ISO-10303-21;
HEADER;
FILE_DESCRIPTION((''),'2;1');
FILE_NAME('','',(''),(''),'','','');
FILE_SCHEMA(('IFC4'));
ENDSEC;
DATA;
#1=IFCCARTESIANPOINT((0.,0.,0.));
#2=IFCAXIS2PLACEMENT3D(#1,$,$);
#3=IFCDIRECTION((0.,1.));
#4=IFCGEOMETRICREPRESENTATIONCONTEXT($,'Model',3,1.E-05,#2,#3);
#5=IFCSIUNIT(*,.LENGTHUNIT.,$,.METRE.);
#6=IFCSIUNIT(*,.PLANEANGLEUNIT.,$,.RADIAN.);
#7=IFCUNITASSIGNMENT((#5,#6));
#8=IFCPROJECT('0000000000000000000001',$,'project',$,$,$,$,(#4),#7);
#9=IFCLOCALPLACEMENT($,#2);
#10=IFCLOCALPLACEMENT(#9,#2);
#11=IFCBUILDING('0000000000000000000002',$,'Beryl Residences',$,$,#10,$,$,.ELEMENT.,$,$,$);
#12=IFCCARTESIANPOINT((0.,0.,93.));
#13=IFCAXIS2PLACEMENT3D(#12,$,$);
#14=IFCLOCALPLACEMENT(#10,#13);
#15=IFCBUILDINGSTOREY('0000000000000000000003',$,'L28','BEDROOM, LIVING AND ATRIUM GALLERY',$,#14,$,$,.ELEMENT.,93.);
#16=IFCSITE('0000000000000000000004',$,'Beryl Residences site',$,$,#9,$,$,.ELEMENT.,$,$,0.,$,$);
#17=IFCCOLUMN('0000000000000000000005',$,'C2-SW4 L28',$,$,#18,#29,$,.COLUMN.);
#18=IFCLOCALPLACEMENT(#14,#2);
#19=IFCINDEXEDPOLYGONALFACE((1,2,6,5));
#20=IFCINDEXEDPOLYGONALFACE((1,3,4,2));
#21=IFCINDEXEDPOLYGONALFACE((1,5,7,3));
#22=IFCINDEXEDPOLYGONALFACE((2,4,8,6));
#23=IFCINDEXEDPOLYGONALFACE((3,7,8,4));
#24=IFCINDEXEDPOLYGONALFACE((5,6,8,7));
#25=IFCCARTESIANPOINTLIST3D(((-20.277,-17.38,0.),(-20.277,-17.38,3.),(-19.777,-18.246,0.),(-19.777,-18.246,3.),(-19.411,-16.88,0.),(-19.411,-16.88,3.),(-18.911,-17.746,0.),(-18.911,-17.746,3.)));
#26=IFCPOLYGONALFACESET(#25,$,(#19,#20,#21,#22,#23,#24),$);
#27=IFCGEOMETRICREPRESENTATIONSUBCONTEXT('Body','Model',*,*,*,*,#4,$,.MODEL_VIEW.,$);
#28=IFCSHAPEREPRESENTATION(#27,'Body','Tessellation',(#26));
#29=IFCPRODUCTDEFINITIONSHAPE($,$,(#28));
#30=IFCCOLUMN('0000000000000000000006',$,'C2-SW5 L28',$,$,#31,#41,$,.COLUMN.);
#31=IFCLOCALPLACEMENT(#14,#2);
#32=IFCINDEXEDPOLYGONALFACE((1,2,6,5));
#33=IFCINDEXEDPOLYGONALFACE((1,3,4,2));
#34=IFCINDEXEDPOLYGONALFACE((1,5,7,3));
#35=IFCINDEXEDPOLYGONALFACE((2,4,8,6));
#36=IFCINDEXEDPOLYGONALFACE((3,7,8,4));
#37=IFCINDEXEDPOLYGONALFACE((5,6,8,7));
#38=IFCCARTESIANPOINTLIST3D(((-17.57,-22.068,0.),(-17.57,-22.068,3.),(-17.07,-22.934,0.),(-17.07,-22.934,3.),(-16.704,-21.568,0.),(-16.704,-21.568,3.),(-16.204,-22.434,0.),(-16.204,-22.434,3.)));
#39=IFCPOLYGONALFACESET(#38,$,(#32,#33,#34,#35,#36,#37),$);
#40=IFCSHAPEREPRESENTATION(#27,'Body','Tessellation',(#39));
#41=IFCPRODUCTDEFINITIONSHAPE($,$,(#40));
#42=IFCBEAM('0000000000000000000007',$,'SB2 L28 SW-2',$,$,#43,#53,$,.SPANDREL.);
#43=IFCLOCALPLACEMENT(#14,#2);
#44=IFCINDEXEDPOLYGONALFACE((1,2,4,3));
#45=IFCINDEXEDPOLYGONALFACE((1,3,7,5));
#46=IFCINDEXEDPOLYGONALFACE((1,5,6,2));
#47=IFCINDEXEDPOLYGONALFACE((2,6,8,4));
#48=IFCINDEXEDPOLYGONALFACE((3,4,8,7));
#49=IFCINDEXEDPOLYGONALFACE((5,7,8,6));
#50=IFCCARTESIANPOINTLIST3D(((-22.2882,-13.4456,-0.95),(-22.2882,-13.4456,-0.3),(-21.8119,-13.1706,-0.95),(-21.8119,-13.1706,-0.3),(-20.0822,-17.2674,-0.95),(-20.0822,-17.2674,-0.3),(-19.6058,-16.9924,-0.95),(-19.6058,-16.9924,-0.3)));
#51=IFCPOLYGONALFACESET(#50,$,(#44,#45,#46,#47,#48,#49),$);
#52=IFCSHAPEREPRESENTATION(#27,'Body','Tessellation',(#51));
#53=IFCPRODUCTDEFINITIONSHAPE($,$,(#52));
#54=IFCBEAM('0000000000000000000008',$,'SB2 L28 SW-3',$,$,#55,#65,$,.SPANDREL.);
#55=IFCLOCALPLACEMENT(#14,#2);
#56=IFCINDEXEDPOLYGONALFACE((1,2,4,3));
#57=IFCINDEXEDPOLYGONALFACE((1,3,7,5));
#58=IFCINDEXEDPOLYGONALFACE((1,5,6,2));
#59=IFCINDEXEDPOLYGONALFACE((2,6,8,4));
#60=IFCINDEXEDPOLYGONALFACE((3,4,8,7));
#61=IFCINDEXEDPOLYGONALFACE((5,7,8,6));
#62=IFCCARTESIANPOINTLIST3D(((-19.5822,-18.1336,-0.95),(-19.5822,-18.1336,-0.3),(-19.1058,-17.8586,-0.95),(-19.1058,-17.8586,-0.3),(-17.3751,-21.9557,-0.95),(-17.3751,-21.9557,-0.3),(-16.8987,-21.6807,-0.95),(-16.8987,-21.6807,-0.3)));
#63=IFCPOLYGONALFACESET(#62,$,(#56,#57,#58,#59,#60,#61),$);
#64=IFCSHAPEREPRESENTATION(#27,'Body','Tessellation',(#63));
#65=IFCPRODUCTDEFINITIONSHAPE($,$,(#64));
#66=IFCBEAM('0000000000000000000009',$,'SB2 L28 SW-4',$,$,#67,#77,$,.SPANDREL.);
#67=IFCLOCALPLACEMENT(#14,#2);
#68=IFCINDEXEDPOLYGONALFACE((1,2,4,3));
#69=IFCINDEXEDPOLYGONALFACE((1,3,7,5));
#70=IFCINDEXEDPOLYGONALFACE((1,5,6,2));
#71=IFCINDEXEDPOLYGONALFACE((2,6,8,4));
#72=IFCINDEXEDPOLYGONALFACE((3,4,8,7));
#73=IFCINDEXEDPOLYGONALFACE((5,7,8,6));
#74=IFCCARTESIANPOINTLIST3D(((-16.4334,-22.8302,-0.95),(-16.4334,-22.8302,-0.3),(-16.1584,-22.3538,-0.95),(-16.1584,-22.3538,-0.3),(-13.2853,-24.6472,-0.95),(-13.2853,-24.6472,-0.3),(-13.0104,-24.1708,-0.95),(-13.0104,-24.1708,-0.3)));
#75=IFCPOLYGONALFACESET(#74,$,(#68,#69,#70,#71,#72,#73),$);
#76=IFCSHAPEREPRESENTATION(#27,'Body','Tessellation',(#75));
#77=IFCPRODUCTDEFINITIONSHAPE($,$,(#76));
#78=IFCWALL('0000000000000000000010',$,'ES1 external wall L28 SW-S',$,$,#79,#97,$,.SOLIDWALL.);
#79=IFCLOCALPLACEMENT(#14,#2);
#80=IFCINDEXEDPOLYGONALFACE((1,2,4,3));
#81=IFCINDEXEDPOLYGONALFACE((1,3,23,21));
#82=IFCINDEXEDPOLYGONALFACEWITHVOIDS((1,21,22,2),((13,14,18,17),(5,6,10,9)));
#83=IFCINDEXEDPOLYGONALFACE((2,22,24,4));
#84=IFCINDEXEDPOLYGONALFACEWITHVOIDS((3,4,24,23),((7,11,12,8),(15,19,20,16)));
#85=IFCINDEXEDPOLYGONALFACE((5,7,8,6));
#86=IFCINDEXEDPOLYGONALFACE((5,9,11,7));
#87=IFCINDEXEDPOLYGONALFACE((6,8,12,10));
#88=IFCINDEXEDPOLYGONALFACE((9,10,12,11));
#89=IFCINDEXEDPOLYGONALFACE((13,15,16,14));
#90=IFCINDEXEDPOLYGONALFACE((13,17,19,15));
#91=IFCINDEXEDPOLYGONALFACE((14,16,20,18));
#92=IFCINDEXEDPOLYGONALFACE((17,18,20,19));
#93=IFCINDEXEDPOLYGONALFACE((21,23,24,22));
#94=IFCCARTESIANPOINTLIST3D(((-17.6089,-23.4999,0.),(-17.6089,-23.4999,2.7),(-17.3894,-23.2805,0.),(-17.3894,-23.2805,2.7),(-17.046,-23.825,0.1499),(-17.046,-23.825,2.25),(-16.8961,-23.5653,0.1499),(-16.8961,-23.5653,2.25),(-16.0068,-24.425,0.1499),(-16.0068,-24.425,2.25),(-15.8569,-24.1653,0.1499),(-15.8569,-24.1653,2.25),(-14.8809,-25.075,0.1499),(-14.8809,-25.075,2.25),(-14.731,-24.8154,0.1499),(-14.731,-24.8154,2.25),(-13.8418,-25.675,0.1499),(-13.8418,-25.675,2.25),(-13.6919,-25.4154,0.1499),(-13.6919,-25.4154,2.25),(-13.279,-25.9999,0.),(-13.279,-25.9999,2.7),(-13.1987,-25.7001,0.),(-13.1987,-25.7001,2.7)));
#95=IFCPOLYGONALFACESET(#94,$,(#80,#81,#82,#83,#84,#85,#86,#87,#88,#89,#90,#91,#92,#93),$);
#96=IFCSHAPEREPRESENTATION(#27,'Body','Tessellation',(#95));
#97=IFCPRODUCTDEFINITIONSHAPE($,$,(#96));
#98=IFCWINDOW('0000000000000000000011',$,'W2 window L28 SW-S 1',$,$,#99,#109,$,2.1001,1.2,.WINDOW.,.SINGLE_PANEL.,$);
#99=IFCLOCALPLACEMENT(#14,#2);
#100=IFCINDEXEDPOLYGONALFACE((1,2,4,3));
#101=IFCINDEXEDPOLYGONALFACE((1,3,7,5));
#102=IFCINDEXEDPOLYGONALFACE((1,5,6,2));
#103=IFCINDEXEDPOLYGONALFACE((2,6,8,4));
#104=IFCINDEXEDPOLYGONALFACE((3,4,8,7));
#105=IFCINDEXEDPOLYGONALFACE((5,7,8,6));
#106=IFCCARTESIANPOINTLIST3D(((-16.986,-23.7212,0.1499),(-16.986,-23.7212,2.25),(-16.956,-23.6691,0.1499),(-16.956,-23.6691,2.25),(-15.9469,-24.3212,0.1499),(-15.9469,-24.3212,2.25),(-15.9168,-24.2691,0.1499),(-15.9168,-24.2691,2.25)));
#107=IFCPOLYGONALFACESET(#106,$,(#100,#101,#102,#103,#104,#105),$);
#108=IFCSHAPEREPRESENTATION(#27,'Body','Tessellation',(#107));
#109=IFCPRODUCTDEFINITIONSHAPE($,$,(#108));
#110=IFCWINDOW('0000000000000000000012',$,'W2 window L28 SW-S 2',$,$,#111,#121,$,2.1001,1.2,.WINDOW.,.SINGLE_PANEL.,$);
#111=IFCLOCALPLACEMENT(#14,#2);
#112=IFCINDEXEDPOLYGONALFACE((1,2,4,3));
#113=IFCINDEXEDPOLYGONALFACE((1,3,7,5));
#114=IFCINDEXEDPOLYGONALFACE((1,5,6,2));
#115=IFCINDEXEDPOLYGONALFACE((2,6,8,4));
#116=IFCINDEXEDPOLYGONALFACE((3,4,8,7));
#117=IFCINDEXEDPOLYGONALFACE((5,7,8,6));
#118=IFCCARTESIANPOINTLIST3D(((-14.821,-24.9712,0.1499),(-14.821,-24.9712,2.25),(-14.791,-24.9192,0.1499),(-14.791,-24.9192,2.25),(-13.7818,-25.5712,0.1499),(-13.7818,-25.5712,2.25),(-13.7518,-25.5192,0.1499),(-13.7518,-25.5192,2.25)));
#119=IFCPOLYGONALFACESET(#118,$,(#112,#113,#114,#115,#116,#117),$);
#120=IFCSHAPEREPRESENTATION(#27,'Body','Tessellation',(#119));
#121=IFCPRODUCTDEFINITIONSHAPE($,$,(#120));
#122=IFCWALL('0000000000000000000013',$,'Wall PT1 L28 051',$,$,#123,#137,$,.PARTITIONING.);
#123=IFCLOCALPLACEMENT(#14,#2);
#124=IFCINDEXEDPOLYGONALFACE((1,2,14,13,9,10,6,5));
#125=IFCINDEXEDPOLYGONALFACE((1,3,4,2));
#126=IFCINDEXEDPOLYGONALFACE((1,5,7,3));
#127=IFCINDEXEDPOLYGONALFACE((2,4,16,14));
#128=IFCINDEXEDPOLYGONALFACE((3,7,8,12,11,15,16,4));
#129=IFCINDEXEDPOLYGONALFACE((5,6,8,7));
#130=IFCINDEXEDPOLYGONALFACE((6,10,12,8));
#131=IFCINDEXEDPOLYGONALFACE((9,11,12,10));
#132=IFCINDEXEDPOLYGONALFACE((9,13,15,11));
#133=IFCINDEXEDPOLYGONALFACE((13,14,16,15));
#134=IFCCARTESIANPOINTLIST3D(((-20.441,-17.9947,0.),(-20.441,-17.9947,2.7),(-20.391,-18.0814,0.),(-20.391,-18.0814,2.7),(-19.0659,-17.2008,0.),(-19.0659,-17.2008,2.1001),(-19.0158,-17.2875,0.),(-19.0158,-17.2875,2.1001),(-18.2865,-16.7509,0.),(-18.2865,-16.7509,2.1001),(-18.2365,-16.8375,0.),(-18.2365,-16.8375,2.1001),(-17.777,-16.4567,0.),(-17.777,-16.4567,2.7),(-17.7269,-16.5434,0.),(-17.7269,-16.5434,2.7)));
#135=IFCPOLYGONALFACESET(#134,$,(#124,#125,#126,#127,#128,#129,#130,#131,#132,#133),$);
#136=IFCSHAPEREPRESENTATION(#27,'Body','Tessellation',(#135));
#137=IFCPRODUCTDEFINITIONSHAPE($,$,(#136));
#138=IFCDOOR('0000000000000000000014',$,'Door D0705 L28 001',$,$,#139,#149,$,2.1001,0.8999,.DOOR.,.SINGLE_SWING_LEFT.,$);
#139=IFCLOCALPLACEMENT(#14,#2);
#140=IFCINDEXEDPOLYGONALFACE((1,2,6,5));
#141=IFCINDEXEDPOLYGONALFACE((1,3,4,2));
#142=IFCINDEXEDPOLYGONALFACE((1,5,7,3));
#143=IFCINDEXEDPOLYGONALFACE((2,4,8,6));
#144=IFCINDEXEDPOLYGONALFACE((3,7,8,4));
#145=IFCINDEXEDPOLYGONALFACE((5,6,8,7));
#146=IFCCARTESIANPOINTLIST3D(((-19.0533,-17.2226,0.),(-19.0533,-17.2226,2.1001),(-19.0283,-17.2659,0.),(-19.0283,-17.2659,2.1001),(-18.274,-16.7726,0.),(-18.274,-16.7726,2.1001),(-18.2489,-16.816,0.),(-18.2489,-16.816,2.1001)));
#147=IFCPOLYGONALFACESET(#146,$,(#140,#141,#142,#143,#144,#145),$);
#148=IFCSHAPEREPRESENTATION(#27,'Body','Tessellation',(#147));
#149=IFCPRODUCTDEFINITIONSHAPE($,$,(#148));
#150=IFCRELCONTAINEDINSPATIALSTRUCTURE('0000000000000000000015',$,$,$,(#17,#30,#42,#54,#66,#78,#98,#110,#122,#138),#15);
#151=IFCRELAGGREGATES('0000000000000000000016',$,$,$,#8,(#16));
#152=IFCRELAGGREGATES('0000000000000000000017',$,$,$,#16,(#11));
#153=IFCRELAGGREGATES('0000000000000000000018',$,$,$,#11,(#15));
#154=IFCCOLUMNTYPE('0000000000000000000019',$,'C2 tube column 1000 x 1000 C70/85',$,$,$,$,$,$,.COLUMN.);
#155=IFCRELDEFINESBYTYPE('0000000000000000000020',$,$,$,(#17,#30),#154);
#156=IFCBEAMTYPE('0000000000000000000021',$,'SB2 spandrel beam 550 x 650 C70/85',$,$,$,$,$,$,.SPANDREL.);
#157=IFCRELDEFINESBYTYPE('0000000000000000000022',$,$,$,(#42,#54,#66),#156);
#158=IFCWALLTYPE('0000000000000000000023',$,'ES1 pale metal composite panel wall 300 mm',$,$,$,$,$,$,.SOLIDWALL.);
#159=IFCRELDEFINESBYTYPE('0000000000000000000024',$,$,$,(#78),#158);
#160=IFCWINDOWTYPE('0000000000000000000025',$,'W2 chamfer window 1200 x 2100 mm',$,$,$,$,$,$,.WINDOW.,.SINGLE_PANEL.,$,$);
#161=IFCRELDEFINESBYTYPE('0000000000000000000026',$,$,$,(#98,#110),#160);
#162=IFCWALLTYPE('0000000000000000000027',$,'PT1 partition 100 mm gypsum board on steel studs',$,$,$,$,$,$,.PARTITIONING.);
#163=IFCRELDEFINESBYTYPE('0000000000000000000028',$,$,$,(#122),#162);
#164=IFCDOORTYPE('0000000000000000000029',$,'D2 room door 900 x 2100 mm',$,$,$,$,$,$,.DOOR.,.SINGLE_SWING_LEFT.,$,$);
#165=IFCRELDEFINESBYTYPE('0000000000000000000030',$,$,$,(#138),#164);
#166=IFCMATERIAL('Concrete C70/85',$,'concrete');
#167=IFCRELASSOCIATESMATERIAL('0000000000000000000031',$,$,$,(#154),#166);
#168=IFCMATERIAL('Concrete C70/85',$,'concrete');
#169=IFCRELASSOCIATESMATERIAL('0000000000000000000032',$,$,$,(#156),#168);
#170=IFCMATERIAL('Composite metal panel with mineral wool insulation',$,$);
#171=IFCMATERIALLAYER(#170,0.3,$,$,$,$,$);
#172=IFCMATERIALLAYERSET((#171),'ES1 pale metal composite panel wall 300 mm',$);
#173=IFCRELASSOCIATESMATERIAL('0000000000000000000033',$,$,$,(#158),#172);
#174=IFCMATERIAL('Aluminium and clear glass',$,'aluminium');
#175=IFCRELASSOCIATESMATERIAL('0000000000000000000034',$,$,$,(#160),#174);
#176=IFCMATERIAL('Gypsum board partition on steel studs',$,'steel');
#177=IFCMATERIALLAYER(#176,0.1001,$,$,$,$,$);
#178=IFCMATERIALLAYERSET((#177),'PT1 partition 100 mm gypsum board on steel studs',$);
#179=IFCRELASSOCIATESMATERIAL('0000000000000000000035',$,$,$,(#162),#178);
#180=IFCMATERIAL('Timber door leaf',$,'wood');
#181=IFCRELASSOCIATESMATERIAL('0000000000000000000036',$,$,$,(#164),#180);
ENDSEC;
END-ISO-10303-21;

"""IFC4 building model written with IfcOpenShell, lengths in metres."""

from ifc_helpers import new_model, si_unit, direction, frame, frame_2d, origin, origin_2d, place, context, subcontext, project, spatial, polyline, rectangle, outline, extrude, material, layer, layer_set, material_profile, profile_set, type_object, element, fill, save


model = new_model("IFC4")

# Units and contexts
model_context = context("Model", 3, precision=1e-05, world=origin(), true_north=direction((0.0, 1.0)))
body_context = subcontext(model_context, "Body", "Model", "MODEL_VIEW")
ifc_project = project(units=[si_unit("LENGTHUNIT", "METRE"), si_unit("PLANEANGLEUNIT", "RADIAN")], contexts=[model_context])

# Site, building, storey
site_placement = place(None, origin())
site = spatial("IfcSite", under=ifc_project, at=site_placement, Name="Beryl Residences site", CompositionType="ELEMENT", RefElevation=0.0)
building_placement = place(site_placement, origin())
building = spatial("IfcBuilding", under=site, at=building_placement, Name="Beryl Residences", CompositionType="ELEMENT")
storey_placement = place(building_placement, frame((0.0, 0.0, 93.0)))
storey = spatial("IfcBuildingStorey", under=building, at=storey_placement, Name="L28", Description="BEDROOM, LIVING AND ATRIUM GALLERY", CompositionType="ELEMENT", Elevation=93.0)

# Columns
ifc_material_1 = material(Name="Concrete C70/85", Category="concrete")
ifc_material_profile_1 = material_profile(ifc_material_1, rectangle(XDim=1.0, YDim=1.0, at=origin_2d()))
ifc_profile_set_1 = profile_set([ifc_material_profile_1], Name="Concrete C70/85")
column_type = type_object("IfcColumnType", Name="C2 tube column 1000 x 1000 C70/85", PredefinedType="COLUMN", material=ifc_profile_set_1)
for number, where, z_axis, x_axis, name in (
    (1, (-19.594, -17.563, 0.0), (0.0, 0.0, 1.0), (0.5, -0.866025, 0.0), "C2-SW4 L28"),
    (2, (-16.887, -22.251, 0.0), (0.0, 0.0, 1.0), (0.5, -0.866025, 0.0), "C2-SW5 L28"),
):
    element("IfcColumn", number, at=place(storey_placement, frame(where, z_axis=z_axis, x_axis=x_axis)), inside=storey, type_object=column_type, Name=name, PredefinedType="COLUMN", context=body_context, shape_type="SweptSolid", body=[
        extrude(rectangle(XDim=1.0, YDim=1.0, at=origin_2d()), origin(), (0.0, 0.0, 1.0), 3.0),
    ])

# Beams
ifc_material_2 = material(Name="Concrete C70/85", Category="concrete")
ifc_material_profile_2 = material_profile(ifc_material_2, rectangle(XDim=0.55, YDim=0.6499, at=origin_2d()))
ifc_profile_set_2 = profile_set([ifc_material_profile_2], Name="Concrete C70/85")
beam_type = type_object("IfcBeamType", Name="SB2 spandrel beam 550 x 650 C70/85", PredefinedType="SPANDREL", material=ifc_profile_set_2)
beam_1_placement = place(storey_placement, frame((-22.05, -13.3081, -0.625), z_axis=(0.499924, -0.86607, 0.0), x_axis=(0.86607, 0.499924, 0.0)))
element("IfcBeam", 3, at=beam_1_placement, inside=storey, type_object=beam_type, Name="SB2 L28 SW-2", PredefinedType="SPANDREL", context=body_context, shape_type="SweptSolid", body=[
    extrude(rectangle(XDim=0.55, YDim=0.6499, at=origin_2d()), origin(), (0.0, 0.0, 1.0), 4.4128),
])
beam_2_placement = place(storey_placement, frame((-19.344, -17.9961, -0.625), z_axis=(0.500066, -0.865988, 0.0), x_axis=(0.865988, 0.500066, 0.0)))
element("IfcBeam", 4, at=beam_2_placement, inside=storey, type_object=beam_type, Name="SB2 L28 SW-3", PredefinedType="SPANDREL", context=body_context, shape_type="SweptSolid", body=[
    extrude(rectangle(XDim=0.55, YDim=0.6499, at=origin_2d()), origin(), (0.0, 0.0, 1.0), 4.4136),
])
beam_3_placement = place(storey_placement, frame((-16.2959, -22.592, -0.625), z_axis=(0.866094, -0.499881, 0.0), x_axis=(0.499881, 0.866094, 0.0)))
element("IfcBeam", 5, at=beam_3_placement, inside=storey, type_object=beam_type, Name="SB2 L28 SW-4", PredefinedType="SPANDREL", context=body_context, shape_type="SweptSolid", body=[
    extrude(rectangle(XDim=0.55, YDim=0.6499, at=origin_2d()), origin(), (0.0, 0.0, 1.0), 3.6348),
])

# Wall, openings, windows
ifc_material_3 = material(Name="Composite metal panel with mineral wool insulation")
ifc_layer_1 = layer(ifc_material_3, 0.3)
ifc_layer_set_1 = layer_set([ifc_layer_1], Name="ES1 pale metal composite panel wall 300 mm")
wall_type_1 = type_object("IfcWallType", Name="ES1 pale metal composite panel wall 300 mm", PredefinedType="SOLIDWALL", material=ifc_layer_set_1)
wall_1_placement = place(storey_placement, frame((-17.5339, -23.3701, 0.0), z_axis=(0.0, 0.0, 1.0), x_axis=(0.866011, -0.500025, 0.0)))
wall_1 = element("IfcWall", 6, at=wall_1_placement, inside=storey, type_object=wall_type_1, Name="ES1 external wall L28 SW-S", PredefinedType="SOLIDWALL", context=body_context, shape_type="SweptSolid", body=[
    extrude(outline(polyline([(0.0, -0.1499), (4.9998, -0.1499), (4.9194, 0.1499), (0.0803, 0.1499), (0.0, -0.1499)])), origin(), (0.0, 0.0, 1.0), 2.7),
])
opening_1_placement = place(wall_1_placement, frame((0.6499, 0.0, 0.1499)))
opening_1 = element("IfcOpeningElement", 7, at=opening_1_placement, cuts=wall_1, PredefinedType="OPENING", context=body_context, shape_type="SweptSolid", body=[
    extrude(rectangle(XDim=1.2, YDim=2.1001, at=frame_2d((0.6001, 1.05))), frame((0.0, 0.1599, 0.0), z_axis=(0.0, -1.0, 0.0), x_axis=(1.0, 0.0, 0.0)), (0.0, 0.0, 1.0), 0.3201),
])
opening_2_placement = place(wall_1_placement, frame((3.1499, 0.0, 0.1499)))
opening_2 = element("IfcOpeningElement", 8, at=opening_2_placement, cuts=wall_1, PredefinedType="OPENING", context=body_context, shape_type="SweptSolid", body=[
    extrude(rectangle(XDim=1.2, YDim=2.1001, at=frame_2d((0.6001, 1.05))), frame((0.0, 0.1599, 0.0), z_axis=(0.0, -1.0, 0.0), x_axis=(1.0, 0.0, 0.0)), (0.0, 0.0, 1.0), 0.3201),
])
ifc_material_4 = material(Name="Aluminium and clear glass", Category="aluminium")
window_type = type_object("IfcWindowType", Name="W2 chamfer window 1200 x 2100 mm", PartitioningType="SINGLE_PANEL", PredefinedType="WINDOW", material=ifc_material_4)
window_1_placement = place(opening_1_placement, origin())
window_1 = element("IfcWindow", 9, at=window_1_placement, inside=storey, type_object=window_type, Name="W2 window L28 SW-S 1", OverallHeight=2.1001, OverallWidth=1.2, PartitioningType="SINGLE_PANEL", PredefinedType="WINDOW", context=body_context, shape_type="SweptSolid", body=[
    extrude(rectangle(XDim=1.2, YDim=2.1001, at=frame_2d((0.6001, 1.05))), frame((0.0, 0.03, 0.0), z_axis=(0.0, -1.0, 0.0), x_axis=(1.0, 0.0, 0.0)), (0.0, 0.0, 1.0), 0.0601),
])
fill(opening_1, window_1)
window_2_placement = place(opening_2_placement, origin())
window_2 = element("IfcWindow", 10, at=window_2_placement, inside=storey, type_object=window_type, Name="W2 window L28 SW-S 2", OverallHeight=2.1001, OverallWidth=1.2, PartitioningType="SINGLE_PANEL", PredefinedType="WINDOW", context=body_context, shape_type="SweptSolid", body=[
    extrude(rectangle(XDim=1.2, YDim=2.1001, at=frame_2d((0.6001, 1.05))), frame((0.0, 0.03, 0.0), z_axis=(0.0, -1.0, 0.0), x_axis=(1.0, 0.0, 0.0)), (0.0, 0.0, 1.0), 0.0601),
])
fill(opening_2, window_2)

# Wall, opening, door
ifc_material_5 = material(Name="Gypsum board partition on steel studs", Category="steel")
ifc_layer_2 = layer(ifc_material_5, 0.1001)
ifc_layer_set_2 = layer_set([ifc_layer_2], Name="PT1 partition 100 mm gypsum board on steel studs")
wall_type_2 = type_object("IfcWallType", Name="PT1 partition 100 mm gypsum board on steel studs", PredefinedType="PARTITIONING", material=ifc_layer_set_2)
wall_2_placement = place(storey_placement, frame((-20.416, -18.0381, 0.0), z_axis=(0.0, 0.0, 1.0), x_axis=(0.866027, 0.499997, 0.0)))
wall_2 = element("IfcWall", 11, at=wall_2_placement, inside=storey, type_object=wall_type_2, Name="Wall PT1 L28 051", PredefinedType="PARTITIONING", context=body_context, shape_type="SweptSolid", body=[
    extrude(rectangle(XDim=3.0762, YDim=0.1001, at=frame_2d((1.5381, 0.0))), origin(), (0.0, 0.0, 1.0), 2.7),
])
opening_3_placement = place(wall_2_placement, frame((1.5879, 0.0, 0.0)))
opening_3 = element("IfcOpeningElement", 12, at=opening_3_placement, cuts=wall_2, PredefinedType="OPENING", context=body_context, shape_type="SweptSolid", body=[
    extrude(rectangle(XDim=0.8999, YDim=2.1001, at=frame_2d((0.45, 1.05))), frame((0.0, 0.0601, 0.0), z_axis=(0.0, -1.0, 0.0), x_axis=(1.0, 0.0, 0.0)), (0.0, 0.0, 1.0), 0.1201),
])
ifc_material_6 = material(Name="Timber door leaf", Category="wood")
door_type_1 = type_object("IfcDoorType", Name="D2 room door 900 x 2100 mm", OperationType="SINGLE_SWING_LEFT", PredefinedType="DOOR", material=ifc_material_6)
door_1_placement = place(opening_3_placement, origin())
door_1 = element("IfcDoor", 13, at=door_1_placement, inside=storey, type_object=door_type_1, Name="Door D0705 L28 001", OperationType="SINGLE_SWING_LEFT", OverallHeight=2.1001, OverallWidth=0.8999, PredefinedType="DOOR", context=body_context, shape_type="SweptSolid", body=[
    extrude(rectangle(XDim=0.8999, YDim=2.1001, at=frame_2d((0.45, 1.05))), frame((0.0, 0.0249, 0.0), z_axis=(0.0, -1.0, 0.0), x_axis=(1.0, 0.0, 0.0)), (0.0, 0.0, 1.0), 0.05),
])
fill(opening_3, door_1)

save(model, "model.ifc")
